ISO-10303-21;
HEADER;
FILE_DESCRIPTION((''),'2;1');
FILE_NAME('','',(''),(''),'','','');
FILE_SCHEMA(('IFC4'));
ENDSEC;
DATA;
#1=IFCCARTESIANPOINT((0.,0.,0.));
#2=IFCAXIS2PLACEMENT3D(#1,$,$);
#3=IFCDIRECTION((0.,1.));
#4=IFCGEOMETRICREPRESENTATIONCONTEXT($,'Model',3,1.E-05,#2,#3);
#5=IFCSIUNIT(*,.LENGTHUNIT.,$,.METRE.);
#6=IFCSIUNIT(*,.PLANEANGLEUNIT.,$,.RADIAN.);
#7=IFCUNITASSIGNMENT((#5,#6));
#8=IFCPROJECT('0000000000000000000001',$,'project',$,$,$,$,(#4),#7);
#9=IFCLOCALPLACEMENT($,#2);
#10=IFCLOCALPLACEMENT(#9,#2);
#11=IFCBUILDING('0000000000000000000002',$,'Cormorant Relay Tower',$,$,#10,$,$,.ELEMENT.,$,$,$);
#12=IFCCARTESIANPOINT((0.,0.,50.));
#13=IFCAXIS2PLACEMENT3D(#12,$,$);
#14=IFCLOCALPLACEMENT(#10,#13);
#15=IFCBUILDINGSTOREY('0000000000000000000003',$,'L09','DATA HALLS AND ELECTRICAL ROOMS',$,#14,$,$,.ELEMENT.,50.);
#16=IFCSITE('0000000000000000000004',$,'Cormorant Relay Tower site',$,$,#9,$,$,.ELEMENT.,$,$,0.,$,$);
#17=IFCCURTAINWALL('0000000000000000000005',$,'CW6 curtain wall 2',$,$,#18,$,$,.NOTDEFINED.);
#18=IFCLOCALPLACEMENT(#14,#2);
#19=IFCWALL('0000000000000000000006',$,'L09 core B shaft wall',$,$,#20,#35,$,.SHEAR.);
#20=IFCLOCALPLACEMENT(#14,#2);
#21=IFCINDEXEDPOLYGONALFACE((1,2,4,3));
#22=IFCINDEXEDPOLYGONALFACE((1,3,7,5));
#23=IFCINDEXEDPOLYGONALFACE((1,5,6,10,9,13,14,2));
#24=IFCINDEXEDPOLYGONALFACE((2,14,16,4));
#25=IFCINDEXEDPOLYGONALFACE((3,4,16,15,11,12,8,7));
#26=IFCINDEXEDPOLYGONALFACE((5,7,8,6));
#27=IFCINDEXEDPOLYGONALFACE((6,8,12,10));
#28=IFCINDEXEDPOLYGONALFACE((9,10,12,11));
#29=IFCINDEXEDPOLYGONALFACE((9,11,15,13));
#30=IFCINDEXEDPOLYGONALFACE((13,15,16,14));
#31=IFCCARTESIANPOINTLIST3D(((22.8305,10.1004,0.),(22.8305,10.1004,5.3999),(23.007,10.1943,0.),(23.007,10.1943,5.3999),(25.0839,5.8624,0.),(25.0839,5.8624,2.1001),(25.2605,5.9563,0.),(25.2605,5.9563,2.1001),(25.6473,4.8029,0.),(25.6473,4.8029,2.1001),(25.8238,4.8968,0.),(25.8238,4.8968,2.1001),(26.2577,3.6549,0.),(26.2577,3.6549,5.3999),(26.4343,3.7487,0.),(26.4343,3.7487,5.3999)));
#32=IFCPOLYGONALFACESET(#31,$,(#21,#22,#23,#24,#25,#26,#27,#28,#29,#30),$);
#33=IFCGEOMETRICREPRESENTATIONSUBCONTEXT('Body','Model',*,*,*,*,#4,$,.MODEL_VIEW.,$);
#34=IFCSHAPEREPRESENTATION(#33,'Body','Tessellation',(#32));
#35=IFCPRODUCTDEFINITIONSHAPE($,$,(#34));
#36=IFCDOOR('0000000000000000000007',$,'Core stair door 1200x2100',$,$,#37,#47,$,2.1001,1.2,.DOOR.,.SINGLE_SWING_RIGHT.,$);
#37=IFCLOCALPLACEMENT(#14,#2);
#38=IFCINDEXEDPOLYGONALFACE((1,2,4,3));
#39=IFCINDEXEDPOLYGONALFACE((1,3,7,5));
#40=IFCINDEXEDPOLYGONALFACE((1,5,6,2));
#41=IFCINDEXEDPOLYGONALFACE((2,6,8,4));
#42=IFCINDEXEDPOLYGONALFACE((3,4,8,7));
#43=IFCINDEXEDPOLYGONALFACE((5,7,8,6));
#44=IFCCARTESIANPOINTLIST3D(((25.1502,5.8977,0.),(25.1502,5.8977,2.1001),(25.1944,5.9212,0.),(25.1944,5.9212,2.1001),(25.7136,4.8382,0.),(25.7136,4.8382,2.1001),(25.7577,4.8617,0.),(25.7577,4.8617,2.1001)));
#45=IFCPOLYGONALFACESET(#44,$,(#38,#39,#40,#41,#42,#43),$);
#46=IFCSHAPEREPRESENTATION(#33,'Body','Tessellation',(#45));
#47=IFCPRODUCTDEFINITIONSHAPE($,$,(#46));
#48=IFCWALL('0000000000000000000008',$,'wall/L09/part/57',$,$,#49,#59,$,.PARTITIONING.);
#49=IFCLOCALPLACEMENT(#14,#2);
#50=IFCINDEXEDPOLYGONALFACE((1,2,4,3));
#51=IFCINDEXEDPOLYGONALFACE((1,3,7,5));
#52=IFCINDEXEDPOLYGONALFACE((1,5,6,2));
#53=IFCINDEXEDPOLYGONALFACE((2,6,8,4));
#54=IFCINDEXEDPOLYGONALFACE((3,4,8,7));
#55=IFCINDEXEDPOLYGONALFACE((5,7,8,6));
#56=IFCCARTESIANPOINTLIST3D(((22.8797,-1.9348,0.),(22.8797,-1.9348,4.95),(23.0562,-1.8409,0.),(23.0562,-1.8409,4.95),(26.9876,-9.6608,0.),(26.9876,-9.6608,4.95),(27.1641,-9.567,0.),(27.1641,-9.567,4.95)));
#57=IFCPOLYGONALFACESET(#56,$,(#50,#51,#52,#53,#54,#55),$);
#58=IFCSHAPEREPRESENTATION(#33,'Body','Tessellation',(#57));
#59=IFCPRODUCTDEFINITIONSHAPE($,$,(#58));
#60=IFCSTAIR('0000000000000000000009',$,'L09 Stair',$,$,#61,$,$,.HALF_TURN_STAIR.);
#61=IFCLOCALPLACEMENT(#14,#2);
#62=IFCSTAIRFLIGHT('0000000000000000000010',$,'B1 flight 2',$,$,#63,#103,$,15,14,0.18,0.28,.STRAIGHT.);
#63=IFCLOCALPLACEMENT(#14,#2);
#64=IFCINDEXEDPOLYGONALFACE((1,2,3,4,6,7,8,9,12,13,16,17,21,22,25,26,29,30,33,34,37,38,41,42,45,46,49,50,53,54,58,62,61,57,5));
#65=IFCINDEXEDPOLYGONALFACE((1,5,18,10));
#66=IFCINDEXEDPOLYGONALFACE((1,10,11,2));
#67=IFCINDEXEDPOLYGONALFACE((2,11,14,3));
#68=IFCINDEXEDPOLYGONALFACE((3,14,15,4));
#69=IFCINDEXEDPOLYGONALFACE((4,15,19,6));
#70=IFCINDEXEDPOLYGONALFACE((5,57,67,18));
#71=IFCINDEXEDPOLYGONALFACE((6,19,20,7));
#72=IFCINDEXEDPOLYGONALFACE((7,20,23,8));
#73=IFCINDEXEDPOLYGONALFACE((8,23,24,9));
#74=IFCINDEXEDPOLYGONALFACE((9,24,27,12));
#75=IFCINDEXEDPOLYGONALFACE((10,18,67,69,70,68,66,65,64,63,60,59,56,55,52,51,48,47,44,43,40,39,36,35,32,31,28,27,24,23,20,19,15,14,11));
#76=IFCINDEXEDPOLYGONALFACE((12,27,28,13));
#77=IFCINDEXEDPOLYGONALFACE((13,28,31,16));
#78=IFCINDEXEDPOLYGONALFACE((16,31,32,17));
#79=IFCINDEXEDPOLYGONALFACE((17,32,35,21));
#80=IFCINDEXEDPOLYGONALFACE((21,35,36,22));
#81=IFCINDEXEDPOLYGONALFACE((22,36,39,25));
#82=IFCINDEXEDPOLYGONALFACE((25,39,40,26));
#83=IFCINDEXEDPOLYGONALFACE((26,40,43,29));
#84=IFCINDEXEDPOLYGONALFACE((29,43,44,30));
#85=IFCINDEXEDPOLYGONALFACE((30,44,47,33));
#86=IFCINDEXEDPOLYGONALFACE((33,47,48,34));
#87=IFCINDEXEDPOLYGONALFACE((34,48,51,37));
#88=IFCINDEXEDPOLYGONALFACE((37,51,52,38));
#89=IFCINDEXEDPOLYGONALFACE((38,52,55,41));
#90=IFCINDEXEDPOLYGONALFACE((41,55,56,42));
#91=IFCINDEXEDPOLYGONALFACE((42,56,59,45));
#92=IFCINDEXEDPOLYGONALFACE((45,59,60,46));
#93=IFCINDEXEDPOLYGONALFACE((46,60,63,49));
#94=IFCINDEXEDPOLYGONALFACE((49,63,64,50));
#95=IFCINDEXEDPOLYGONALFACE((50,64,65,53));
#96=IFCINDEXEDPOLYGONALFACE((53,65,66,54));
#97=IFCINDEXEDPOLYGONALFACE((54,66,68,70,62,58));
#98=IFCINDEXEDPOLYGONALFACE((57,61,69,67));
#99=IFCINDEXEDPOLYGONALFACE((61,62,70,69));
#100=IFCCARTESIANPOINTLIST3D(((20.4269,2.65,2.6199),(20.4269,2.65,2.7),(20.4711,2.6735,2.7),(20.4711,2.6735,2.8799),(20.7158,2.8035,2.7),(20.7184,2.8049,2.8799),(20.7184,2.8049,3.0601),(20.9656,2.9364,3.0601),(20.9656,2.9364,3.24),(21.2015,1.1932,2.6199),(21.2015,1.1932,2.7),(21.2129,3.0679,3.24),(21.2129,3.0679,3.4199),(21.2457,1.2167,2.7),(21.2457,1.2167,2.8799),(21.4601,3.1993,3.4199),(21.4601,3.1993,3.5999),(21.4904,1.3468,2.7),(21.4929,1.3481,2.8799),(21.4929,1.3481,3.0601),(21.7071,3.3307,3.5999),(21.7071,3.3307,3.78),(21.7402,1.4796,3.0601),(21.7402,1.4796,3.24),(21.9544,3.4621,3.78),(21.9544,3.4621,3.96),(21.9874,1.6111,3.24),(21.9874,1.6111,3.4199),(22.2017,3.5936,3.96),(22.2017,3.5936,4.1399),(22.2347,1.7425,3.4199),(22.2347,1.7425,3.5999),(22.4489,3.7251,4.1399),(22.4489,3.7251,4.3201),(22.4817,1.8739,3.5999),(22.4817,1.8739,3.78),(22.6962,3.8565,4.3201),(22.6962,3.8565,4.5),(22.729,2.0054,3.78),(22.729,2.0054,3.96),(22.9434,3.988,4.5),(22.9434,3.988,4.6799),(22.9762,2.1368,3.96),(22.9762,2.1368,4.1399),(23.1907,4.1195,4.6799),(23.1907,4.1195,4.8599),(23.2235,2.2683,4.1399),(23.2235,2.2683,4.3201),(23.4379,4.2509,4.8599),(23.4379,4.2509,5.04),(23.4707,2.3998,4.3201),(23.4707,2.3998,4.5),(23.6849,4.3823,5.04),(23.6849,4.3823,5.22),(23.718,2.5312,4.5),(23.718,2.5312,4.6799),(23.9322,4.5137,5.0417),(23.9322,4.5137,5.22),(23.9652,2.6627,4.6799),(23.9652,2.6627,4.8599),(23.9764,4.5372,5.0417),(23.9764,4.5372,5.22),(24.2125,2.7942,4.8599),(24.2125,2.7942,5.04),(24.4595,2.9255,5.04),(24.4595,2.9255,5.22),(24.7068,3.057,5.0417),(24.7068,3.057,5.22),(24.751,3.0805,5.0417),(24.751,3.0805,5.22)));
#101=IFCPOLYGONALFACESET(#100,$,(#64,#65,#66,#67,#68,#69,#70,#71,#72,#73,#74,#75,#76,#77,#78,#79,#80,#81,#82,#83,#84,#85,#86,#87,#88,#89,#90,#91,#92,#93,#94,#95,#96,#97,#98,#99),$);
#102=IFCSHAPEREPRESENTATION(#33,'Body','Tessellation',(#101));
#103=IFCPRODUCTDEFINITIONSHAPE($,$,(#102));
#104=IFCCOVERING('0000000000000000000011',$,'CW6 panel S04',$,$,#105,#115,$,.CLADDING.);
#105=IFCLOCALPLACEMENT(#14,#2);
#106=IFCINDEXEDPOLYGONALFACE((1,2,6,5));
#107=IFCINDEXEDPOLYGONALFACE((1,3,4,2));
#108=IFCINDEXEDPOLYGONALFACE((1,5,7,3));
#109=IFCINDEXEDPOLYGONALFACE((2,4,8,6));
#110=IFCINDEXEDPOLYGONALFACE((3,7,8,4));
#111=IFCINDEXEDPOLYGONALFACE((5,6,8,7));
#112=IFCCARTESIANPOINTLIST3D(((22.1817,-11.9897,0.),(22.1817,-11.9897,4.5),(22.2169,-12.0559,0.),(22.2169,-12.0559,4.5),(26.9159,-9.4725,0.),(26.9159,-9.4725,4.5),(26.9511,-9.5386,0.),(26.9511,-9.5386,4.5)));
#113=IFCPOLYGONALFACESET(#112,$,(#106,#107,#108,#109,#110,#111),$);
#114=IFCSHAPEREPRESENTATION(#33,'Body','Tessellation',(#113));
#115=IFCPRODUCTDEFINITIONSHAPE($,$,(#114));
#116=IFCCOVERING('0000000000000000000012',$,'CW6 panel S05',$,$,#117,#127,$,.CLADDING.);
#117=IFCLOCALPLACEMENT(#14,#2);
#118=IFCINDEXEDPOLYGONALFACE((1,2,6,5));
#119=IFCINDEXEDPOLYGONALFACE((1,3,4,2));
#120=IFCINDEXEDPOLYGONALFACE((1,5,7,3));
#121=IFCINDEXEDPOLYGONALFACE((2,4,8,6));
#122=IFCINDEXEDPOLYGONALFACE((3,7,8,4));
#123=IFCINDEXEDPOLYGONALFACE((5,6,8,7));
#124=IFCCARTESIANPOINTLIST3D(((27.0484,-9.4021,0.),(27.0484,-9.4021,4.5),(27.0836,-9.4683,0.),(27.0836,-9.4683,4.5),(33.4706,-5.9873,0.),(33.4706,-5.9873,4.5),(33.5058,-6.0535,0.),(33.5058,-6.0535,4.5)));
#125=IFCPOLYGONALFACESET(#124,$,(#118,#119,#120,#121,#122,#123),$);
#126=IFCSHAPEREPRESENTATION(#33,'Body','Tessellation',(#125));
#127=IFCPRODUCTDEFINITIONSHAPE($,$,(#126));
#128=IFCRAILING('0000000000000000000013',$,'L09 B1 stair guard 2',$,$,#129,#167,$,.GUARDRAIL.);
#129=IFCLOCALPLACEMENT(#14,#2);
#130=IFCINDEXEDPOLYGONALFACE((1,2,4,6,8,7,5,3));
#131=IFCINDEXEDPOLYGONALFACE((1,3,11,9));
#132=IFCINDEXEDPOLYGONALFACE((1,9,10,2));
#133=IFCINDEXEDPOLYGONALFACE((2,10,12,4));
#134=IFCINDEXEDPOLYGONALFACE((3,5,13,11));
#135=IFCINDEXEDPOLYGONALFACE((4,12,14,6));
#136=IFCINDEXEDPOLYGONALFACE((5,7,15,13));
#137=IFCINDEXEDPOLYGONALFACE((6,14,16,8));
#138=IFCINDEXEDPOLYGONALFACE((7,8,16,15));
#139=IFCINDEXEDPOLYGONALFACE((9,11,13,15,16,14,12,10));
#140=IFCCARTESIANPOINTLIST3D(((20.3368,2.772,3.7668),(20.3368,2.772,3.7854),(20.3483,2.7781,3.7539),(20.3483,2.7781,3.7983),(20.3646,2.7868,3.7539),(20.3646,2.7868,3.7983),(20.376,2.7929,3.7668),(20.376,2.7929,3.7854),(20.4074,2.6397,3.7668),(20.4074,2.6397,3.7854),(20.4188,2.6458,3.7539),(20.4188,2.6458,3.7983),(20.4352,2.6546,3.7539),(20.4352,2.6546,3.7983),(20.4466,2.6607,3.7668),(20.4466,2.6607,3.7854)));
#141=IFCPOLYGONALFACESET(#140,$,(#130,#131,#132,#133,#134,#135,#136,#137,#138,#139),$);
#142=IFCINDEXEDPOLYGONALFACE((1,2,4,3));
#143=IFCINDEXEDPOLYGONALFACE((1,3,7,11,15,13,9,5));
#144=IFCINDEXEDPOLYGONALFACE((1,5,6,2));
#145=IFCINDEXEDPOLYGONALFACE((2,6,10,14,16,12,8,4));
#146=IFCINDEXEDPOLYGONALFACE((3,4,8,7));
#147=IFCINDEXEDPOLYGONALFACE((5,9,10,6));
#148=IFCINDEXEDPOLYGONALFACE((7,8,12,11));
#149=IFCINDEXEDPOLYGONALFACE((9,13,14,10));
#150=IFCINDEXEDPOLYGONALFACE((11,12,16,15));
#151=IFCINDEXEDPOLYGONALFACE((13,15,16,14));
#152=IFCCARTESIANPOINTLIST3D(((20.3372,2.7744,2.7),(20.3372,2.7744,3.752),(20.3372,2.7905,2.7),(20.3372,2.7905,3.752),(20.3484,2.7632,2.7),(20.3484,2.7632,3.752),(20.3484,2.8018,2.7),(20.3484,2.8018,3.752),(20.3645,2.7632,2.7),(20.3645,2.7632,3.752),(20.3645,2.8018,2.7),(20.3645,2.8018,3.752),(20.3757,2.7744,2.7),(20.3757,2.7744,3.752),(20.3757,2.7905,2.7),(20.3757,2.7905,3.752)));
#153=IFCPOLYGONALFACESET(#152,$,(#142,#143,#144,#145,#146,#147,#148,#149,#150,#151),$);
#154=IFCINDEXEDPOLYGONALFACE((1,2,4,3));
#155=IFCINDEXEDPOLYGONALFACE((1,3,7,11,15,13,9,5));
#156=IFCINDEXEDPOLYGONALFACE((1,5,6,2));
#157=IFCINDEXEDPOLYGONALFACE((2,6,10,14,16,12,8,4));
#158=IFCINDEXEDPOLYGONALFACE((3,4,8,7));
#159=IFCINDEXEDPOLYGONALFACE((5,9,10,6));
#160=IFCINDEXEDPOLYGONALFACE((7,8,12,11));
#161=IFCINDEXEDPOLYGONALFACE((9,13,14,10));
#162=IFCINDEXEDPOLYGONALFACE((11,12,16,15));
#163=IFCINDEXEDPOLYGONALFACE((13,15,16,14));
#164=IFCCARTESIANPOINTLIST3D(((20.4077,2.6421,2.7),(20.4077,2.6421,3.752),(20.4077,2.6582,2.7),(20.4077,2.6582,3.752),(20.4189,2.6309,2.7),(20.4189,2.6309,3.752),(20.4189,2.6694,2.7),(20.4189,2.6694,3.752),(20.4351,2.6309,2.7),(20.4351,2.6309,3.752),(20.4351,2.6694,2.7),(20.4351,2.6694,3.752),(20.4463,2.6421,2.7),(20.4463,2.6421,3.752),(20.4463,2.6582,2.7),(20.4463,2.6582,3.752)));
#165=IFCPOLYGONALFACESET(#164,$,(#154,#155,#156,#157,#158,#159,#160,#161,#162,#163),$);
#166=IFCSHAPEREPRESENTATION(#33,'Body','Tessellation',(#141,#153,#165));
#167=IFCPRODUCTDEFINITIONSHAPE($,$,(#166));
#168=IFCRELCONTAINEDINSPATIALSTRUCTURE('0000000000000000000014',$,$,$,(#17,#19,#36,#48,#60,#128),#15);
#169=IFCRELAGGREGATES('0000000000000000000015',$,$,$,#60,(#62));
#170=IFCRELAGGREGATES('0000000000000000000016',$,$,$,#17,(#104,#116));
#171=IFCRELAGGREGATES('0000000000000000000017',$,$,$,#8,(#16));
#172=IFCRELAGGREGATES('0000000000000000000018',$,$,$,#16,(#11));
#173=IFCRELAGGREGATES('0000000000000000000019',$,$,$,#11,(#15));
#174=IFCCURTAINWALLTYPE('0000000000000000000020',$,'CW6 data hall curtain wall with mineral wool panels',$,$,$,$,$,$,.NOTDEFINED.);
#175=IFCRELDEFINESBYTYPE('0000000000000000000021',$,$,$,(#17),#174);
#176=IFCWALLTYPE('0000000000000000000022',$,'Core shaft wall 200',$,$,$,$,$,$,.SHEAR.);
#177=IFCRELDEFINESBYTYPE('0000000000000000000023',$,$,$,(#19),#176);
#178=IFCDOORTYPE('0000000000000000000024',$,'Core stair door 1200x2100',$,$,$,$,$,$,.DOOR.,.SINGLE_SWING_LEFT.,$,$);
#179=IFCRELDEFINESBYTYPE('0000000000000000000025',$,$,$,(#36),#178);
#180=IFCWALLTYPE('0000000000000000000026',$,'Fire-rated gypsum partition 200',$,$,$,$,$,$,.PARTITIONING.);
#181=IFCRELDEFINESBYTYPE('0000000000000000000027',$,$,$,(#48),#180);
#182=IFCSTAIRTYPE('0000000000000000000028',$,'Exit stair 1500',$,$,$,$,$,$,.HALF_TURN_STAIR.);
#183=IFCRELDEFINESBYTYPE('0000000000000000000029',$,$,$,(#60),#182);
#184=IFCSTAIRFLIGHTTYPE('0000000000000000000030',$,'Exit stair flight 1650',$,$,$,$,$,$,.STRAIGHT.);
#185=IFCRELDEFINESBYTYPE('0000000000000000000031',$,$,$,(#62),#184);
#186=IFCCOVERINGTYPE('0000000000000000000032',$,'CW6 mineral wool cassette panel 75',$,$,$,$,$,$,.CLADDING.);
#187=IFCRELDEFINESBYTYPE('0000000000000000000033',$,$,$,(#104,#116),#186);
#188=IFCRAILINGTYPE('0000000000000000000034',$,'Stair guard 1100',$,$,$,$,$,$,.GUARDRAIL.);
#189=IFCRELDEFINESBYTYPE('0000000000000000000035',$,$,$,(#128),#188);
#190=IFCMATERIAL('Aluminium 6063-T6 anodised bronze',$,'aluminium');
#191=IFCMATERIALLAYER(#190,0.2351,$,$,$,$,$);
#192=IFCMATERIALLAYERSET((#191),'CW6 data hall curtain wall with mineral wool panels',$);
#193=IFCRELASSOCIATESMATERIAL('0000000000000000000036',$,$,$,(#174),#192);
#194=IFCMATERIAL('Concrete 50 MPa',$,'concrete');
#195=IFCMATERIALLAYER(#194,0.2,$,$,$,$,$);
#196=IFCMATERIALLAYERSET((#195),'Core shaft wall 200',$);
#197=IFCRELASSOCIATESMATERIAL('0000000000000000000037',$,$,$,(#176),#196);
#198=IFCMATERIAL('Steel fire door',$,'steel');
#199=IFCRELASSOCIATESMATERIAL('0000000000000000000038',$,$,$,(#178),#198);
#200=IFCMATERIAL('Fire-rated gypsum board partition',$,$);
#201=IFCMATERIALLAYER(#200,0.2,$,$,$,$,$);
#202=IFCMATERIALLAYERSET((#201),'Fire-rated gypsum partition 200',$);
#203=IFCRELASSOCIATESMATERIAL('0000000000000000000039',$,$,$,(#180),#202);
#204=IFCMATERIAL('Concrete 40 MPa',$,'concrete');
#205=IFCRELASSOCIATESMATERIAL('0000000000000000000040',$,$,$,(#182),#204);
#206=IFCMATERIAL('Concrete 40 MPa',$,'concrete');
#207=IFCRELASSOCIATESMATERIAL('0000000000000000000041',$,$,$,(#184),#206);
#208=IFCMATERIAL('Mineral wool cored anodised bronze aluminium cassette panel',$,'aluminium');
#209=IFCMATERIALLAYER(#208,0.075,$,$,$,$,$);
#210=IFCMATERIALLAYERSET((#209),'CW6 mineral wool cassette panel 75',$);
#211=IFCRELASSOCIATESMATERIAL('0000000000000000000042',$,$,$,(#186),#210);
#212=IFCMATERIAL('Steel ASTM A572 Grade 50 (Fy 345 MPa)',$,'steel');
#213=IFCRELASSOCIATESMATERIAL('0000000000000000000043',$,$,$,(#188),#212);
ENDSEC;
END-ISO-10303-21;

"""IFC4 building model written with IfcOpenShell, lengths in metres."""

from ifc_helpers import new_model, si_unit, direction, frame, frame_2d, origin, origin_2d, place, context, subcontext, project, spatial, polyline, rectangle, outline, extrude, material, layer, layer_set, type_object, element, fill, aggregate, save


model = new_model("IFC4")

# Units and contexts
model_context = context("Model", 3, precision=1e-05, world=origin(), true_north=direction((0.0, 1.0)))
body_context = subcontext(model_context, "Body", "Model", "MODEL_VIEW")
ifc_project = project(units=[si_unit("LENGTHUNIT", "METRE"), si_unit("PLANEANGLEUNIT", "RADIAN")], contexts=[model_context])

# Site, building, storey
site_placement = place(None, origin())
site = spatial("IfcSite", under=ifc_project, at=site_placement, Name="Cormorant Relay Tower site", CompositionType="ELEMENT", RefElevation=0.0)
building_placement = place(site_placement, origin())
building = spatial("IfcBuilding", under=site, at=building_placement, Name="Cormorant Relay Tower", CompositionType="ELEMENT")
storey_placement = place(building_placement, frame((0.0, 0.0, 50.0)))
storey = spatial("IfcBuildingStorey", under=building, at=storey_placement, Name="L09", Description="DATA HALLS AND ELECTRICAL ROOMS", CompositionType="ELEMENT", Elevation=50.0)

# Curtain wall
ifc_material_1 = material(Name="Aluminium 6063-T6 anodised bronze", Category="aluminium")
ifc_layer_1 = layer(ifc_material_1, 0.2351)
ifc_layer_set_1 = layer_set([ifc_layer_1], Name="CW6 data hall curtain wall with mineral wool panels")
curtain_wall_type = type_object("IfcCurtainWallType", Name="CW6 data hall curtain wall with mineral wool panels", PredefinedType="NOTDEFINED", material=ifc_layer_set_1)
curtain_wall_placement = place(storey_placement, origin())
curtain_wall = element("IfcCurtainWall", 1, at=curtain_wall_placement, inside=storey, type_object=curtain_wall_type, Name="CW6 curtain wall 2", PredefinedType="NOTDEFINED")

# Wall, opening, door
ifc_material_2 = material(Name="Concrete 50 MPa", Category="concrete")
ifc_layer_2 = layer(ifc_material_2, 0.2)
ifc_layer_set_2 = layer_set([ifc_layer_2], Name="Core shaft wall 200")
wall_type_1 = type_object("IfcWallType", Name="Core shaft wall 200", PredefinedType="SHEAR", material=ifc_layer_set_2)
wall_1_placement = place(storey_placement, frame((26.3459, 3.7019, 0.0), z_axis=(0.0, 0.0, 1.0), x_axis=(-0.46948, 0.882943, 0.0)))
wall_1 = element("IfcWall", 2, at=wall_1_placement, inside=storey, type_object=wall_type_1, Name="L09 core B shaft wall", PredefinedType="SHEAR", context=body_context, shape_type="SweptSolid", body=[
    extrude(rectangle(XDim=7.3, YDim=0.2, at=frame_2d((3.6499, 0.0))), origin(), (0.0, 0.0, 1.0), 5.3999),
])
opening_placement = place(wall_1_placement, frame((1.3, 0.0, 0.0)))
opening = element("IfcOpeningElement", 3, at=opening_placement, cuts=wall_1, PredefinedType="OPENING", context=body_context, shape_type="SweptSolid", body=[
    extrude(rectangle(XDim=1.2, YDim=2.1001, at=frame_2d((0.6001, 1.05))), frame((0.0, 0.1099, 0.0), z_axis=(0.0, -1.0, 0.0), x_axis=(1.0, 0.0, 0.0)), (0.0, 0.0, 1.0), 0.22),
])
ifc_material_3 = material(Name="Steel fire door", Category="steel")
door_type = type_object("IfcDoorType", Name="Core stair door 1200x2100", OperationType="SINGLE_SWING_LEFT", PredefinedType="DOOR", material=ifc_material_3)
door_placement = place(opening_placement, origin())
door = element("IfcDoor", 4, at=door_placement, inside=storey, type_object=door_type, Name="Core stair door 1200x2100", OperationType="SINGLE_SWING_RIGHT", OverallHeight=2.1001, OverallWidth=1.2, PredefinedType="DOOR", context=body_context, shape_type="SweptSolid", body=[
    extrude(rectangle(XDim=1.2, YDim=2.1001, at=frame_2d((0.6001, 1.05))), frame((0.0, 0.0249, 0.0), z_axis=(0.0, -1.0, 0.0), x_axis=(1.0, 0.0, 0.0)), (0.0, 0.0, 1.0), 0.05),
])
fill(opening, door)

# Wall
ifc_material_4 = material(Name="Fire-rated gypsum board partition")
ifc_layer_3 = layer(ifc_material_4, 0.2)
ifc_layer_set_3 = layer_set([ifc_layer_3], Name="Fire-rated gypsum partition 200")
wall_type_2 = type_object("IfcWallType", Name="Fire-rated gypsum partition 200", PredefinedType="PARTITIONING", material=ifc_layer_set_3)
wall_2_placement = place(storey_placement, frame((22.968, -1.8879, 0.0), z_axis=(0.0, 0.0, 1.0), x_axis=(0.469461, -0.882953, 0.0)))
element("IfcWall", 5, at=wall_2_placement, inside=storey, type_object=wall_type_2, Name="wall/L09/part/57", PredefinedType="PARTITIONING", context=body_context, shape_type="SweptSolid", body=[
    extrude(rectangle(XDim=8.7502, YDim=0.2, at=frame_2d((4.375, 0.0))), origin(), (0.0, 0.0, 1.0), 4.95),
])

# Stair, stair flight
ifc_material_5 = material(Name="Concrete 40 MPa", Category="concrete")
stair_type = type_object("IfcStairType", Name="Exit stair 1500", PredefinedType="HALF_TURN_STAIR", material=ifc_material_5)
stair_placement = place(storey_placement, origin())
stair = element("IfcStair", 6, at=stair_placement, inside=storey, type_object=stair_type, Name="L09 Stair", PredefinedType="HALF_TURN_STAIR")
ifc_material_6 = material(Name="Concrete 40 MPa", Category="concrete")
stair_flight_type = type_object("IfcStairFlightType", Name="Exit stair flight 1650", PredefinedType="STRAIGHT", material=ifc_material_6)
stair_flight_placement = place(storey_placement, frame((20.8584, 1.9451, 2.7), z_axis=(0.0, 0.0, 1.0), x_axis=(0.882948, 0.469472, 0.0)))
stair_flight = element("IfcStairFlight", 7, at=stair_flight_placement, type_object=stair_flight_type, Name="B1 flight 2", NumberOfRisers=15, NumberOfTreads=14, PredefinedType="STRAIGHT", RiserHeight=0.18, TreadLength=0.28, context=body_context, shape_type="SweptSolid", body=[
    extrude(outline(polyline([(-0.05, -0.0801), (-0.05, 0.0), (0.0, 0.0), (0.0, 0.1799), (0.28, 0.1799), (0.28, 0.3601), (0.5601, 0.3601), (0.5601, 0.54), (0.8401, 0.54), (0.8401, 0.72), (1.1201, 0.72), (1.1201, 0.8999), (1.3999, 0.8999), (1.3999, 1.0801), (1.6799, 1.0801), (1.6799, 1.26), (1.96, 1.26), (1.96, 1.4399), (2.24, 1.4399), (2.24, 1.6201), (2.52, 1.6201), (2.52, 1.8), (2.8, 1.8), (2.8, 1.98), (3.0801, 1.98), (3.0801, 2.1599), (3.3601, 2.1599), (3.3601, 2.3401), (3.6399, 2.3401), (3.6399, 2.52), (3.9199, 2.52), (3.97, 2.52), (3.97, 2.3418), (3.9199, 2.3418), (0.2771, 0.0), (-0.05, -0.0801)])), frame((0.0, 0.825, 0.0), z_axis=(0.0, -1.0, 0.0), x_axis=(1.0, 0.0, 0.0)), (0.0, 0.0, 1.0), 1.6499),
])
aggregate(stair, [stair_flight])

# Coverings
ifc_material_7 = material(Name="Mineral wool cored anodised bronze aluminium cassette panel", Category="aluminium")
ifc_layer_4 = layer(ifc_material_7, 0.075)
ifc_layer_set_4 = layer_set([ifc_layer_4], Name="CW6 mineral wool cassette panel 75")
covering_type = type_object("IfcCoveringType", Name="CW6 mineral wool cassette panel 75", PredefinedType="CLADDING", material=ifc_layer_set_4)
covering_1_placement = place(storey_placement, frame((24.5664, -10.7642, 0.0), z_axis=(0.0, 0.0, 1.0), x_axis=(0.882948, 0.469472, 0.0)))
covering_1 = element("IfcCovering", 8, at=covering_1_placement, type_object=covering_type, Name="CW6 panel S04", PredefinedType="CLADDING", context=body_context, shape_type="SweptSolid", body=[
    extrude(rectangle(XDim=5.3618, YDim=0.075, at=origin_2d()), origin(), (0.0, 0.0, 1.0), 4.5),
])
covering_2_placement = place(storey_placement, frame((30.2771, -7.7278, 0.0), z_axis=(0.0, 0.0, 1.0), x_axis=(0.882948, 0.469472, 0.0)))
covering_2 = element("IfcCovering", 9, at=covering_2_placement, type_object=covering_type, Name="CW6 panel S05", PredefinedType="CLADDING", context=body_context, shape_type="SweptSolid", body=[
    extrude(rectangle(XDim=7.2737, YDim=0.075, at=origin_2d()), origin(), (0.0, 0.0, 1.0), 4.5),
])
aggregate(curtain_wall, [covering_1, covering_2])

# Railing
ifc_material_8 = material(Name="Steel ASTM A572 Grade 50 (Fy 345 MPa)", Category="steel")
railing_type_1 = type_object("IfcRailingType", Name="Stair guard 1100", PredefinedType="GUARDRAIL", material=ifc_material_8)
railing_1_placement = place(storey_placement, frame((20.3564, 2.7825, 2.7)))
element("IfcRailing", 10, at=railing_1_placement, inside=storey, type_object=railing_type_1, Name="L09 B1 stair guard 2", PredefinedType="GUARDRAIL", context=body_context, shape_type="SweptSolid", body=[
    extrude(outline(polyline([(0.0222, 0.0093), (0.0093, 0.0222), (-0.0093, 0.0222), (-0.0222, 0.0093), (-0.0222, -0.0093), (-0.0093, -0.0222), (0.0093, -0.0222), (0.0222, -0.0093), (0.0222, 0.0093)])), frame((0.0, 0.0, 1.0762), z_axis=(0.470504, -0.882398, 0.0), x_axis=(0.882398, 0.470504, 0.0)), (0.0, 0.0, 1.0), 0.1499),
    extrude(outline(polyline([(0.0193, 0.0081), (0.0081, 0.0193), (-0.0081, 0.0193), (-0.0193, 0.0081), (-0.0193, -0.0081), (-0.0081, -0.0193), (0.0081, -0.0193), (0.0193, -0.0081), (0.0193, 0.0081)])), origin(), (0.0, 0.0, 1.0), 1.052),
    extrude(outline(polyline([(0.0193, 0.0081), (0.0081, 0.0193), (-0.0081, 0.0193), (-0.0193, 0.0081), (-0.0193, -0.0081), (-0.0081, -0.0193), (0.0081, -0.0193), (0.0193, -0.0081), (0.0193, 0.0081)])), frame((0.0706, -0.1323, 0.0)), (0.0, 0.0, 1.0), 1.052),
])

save(model, "model.ifc")
